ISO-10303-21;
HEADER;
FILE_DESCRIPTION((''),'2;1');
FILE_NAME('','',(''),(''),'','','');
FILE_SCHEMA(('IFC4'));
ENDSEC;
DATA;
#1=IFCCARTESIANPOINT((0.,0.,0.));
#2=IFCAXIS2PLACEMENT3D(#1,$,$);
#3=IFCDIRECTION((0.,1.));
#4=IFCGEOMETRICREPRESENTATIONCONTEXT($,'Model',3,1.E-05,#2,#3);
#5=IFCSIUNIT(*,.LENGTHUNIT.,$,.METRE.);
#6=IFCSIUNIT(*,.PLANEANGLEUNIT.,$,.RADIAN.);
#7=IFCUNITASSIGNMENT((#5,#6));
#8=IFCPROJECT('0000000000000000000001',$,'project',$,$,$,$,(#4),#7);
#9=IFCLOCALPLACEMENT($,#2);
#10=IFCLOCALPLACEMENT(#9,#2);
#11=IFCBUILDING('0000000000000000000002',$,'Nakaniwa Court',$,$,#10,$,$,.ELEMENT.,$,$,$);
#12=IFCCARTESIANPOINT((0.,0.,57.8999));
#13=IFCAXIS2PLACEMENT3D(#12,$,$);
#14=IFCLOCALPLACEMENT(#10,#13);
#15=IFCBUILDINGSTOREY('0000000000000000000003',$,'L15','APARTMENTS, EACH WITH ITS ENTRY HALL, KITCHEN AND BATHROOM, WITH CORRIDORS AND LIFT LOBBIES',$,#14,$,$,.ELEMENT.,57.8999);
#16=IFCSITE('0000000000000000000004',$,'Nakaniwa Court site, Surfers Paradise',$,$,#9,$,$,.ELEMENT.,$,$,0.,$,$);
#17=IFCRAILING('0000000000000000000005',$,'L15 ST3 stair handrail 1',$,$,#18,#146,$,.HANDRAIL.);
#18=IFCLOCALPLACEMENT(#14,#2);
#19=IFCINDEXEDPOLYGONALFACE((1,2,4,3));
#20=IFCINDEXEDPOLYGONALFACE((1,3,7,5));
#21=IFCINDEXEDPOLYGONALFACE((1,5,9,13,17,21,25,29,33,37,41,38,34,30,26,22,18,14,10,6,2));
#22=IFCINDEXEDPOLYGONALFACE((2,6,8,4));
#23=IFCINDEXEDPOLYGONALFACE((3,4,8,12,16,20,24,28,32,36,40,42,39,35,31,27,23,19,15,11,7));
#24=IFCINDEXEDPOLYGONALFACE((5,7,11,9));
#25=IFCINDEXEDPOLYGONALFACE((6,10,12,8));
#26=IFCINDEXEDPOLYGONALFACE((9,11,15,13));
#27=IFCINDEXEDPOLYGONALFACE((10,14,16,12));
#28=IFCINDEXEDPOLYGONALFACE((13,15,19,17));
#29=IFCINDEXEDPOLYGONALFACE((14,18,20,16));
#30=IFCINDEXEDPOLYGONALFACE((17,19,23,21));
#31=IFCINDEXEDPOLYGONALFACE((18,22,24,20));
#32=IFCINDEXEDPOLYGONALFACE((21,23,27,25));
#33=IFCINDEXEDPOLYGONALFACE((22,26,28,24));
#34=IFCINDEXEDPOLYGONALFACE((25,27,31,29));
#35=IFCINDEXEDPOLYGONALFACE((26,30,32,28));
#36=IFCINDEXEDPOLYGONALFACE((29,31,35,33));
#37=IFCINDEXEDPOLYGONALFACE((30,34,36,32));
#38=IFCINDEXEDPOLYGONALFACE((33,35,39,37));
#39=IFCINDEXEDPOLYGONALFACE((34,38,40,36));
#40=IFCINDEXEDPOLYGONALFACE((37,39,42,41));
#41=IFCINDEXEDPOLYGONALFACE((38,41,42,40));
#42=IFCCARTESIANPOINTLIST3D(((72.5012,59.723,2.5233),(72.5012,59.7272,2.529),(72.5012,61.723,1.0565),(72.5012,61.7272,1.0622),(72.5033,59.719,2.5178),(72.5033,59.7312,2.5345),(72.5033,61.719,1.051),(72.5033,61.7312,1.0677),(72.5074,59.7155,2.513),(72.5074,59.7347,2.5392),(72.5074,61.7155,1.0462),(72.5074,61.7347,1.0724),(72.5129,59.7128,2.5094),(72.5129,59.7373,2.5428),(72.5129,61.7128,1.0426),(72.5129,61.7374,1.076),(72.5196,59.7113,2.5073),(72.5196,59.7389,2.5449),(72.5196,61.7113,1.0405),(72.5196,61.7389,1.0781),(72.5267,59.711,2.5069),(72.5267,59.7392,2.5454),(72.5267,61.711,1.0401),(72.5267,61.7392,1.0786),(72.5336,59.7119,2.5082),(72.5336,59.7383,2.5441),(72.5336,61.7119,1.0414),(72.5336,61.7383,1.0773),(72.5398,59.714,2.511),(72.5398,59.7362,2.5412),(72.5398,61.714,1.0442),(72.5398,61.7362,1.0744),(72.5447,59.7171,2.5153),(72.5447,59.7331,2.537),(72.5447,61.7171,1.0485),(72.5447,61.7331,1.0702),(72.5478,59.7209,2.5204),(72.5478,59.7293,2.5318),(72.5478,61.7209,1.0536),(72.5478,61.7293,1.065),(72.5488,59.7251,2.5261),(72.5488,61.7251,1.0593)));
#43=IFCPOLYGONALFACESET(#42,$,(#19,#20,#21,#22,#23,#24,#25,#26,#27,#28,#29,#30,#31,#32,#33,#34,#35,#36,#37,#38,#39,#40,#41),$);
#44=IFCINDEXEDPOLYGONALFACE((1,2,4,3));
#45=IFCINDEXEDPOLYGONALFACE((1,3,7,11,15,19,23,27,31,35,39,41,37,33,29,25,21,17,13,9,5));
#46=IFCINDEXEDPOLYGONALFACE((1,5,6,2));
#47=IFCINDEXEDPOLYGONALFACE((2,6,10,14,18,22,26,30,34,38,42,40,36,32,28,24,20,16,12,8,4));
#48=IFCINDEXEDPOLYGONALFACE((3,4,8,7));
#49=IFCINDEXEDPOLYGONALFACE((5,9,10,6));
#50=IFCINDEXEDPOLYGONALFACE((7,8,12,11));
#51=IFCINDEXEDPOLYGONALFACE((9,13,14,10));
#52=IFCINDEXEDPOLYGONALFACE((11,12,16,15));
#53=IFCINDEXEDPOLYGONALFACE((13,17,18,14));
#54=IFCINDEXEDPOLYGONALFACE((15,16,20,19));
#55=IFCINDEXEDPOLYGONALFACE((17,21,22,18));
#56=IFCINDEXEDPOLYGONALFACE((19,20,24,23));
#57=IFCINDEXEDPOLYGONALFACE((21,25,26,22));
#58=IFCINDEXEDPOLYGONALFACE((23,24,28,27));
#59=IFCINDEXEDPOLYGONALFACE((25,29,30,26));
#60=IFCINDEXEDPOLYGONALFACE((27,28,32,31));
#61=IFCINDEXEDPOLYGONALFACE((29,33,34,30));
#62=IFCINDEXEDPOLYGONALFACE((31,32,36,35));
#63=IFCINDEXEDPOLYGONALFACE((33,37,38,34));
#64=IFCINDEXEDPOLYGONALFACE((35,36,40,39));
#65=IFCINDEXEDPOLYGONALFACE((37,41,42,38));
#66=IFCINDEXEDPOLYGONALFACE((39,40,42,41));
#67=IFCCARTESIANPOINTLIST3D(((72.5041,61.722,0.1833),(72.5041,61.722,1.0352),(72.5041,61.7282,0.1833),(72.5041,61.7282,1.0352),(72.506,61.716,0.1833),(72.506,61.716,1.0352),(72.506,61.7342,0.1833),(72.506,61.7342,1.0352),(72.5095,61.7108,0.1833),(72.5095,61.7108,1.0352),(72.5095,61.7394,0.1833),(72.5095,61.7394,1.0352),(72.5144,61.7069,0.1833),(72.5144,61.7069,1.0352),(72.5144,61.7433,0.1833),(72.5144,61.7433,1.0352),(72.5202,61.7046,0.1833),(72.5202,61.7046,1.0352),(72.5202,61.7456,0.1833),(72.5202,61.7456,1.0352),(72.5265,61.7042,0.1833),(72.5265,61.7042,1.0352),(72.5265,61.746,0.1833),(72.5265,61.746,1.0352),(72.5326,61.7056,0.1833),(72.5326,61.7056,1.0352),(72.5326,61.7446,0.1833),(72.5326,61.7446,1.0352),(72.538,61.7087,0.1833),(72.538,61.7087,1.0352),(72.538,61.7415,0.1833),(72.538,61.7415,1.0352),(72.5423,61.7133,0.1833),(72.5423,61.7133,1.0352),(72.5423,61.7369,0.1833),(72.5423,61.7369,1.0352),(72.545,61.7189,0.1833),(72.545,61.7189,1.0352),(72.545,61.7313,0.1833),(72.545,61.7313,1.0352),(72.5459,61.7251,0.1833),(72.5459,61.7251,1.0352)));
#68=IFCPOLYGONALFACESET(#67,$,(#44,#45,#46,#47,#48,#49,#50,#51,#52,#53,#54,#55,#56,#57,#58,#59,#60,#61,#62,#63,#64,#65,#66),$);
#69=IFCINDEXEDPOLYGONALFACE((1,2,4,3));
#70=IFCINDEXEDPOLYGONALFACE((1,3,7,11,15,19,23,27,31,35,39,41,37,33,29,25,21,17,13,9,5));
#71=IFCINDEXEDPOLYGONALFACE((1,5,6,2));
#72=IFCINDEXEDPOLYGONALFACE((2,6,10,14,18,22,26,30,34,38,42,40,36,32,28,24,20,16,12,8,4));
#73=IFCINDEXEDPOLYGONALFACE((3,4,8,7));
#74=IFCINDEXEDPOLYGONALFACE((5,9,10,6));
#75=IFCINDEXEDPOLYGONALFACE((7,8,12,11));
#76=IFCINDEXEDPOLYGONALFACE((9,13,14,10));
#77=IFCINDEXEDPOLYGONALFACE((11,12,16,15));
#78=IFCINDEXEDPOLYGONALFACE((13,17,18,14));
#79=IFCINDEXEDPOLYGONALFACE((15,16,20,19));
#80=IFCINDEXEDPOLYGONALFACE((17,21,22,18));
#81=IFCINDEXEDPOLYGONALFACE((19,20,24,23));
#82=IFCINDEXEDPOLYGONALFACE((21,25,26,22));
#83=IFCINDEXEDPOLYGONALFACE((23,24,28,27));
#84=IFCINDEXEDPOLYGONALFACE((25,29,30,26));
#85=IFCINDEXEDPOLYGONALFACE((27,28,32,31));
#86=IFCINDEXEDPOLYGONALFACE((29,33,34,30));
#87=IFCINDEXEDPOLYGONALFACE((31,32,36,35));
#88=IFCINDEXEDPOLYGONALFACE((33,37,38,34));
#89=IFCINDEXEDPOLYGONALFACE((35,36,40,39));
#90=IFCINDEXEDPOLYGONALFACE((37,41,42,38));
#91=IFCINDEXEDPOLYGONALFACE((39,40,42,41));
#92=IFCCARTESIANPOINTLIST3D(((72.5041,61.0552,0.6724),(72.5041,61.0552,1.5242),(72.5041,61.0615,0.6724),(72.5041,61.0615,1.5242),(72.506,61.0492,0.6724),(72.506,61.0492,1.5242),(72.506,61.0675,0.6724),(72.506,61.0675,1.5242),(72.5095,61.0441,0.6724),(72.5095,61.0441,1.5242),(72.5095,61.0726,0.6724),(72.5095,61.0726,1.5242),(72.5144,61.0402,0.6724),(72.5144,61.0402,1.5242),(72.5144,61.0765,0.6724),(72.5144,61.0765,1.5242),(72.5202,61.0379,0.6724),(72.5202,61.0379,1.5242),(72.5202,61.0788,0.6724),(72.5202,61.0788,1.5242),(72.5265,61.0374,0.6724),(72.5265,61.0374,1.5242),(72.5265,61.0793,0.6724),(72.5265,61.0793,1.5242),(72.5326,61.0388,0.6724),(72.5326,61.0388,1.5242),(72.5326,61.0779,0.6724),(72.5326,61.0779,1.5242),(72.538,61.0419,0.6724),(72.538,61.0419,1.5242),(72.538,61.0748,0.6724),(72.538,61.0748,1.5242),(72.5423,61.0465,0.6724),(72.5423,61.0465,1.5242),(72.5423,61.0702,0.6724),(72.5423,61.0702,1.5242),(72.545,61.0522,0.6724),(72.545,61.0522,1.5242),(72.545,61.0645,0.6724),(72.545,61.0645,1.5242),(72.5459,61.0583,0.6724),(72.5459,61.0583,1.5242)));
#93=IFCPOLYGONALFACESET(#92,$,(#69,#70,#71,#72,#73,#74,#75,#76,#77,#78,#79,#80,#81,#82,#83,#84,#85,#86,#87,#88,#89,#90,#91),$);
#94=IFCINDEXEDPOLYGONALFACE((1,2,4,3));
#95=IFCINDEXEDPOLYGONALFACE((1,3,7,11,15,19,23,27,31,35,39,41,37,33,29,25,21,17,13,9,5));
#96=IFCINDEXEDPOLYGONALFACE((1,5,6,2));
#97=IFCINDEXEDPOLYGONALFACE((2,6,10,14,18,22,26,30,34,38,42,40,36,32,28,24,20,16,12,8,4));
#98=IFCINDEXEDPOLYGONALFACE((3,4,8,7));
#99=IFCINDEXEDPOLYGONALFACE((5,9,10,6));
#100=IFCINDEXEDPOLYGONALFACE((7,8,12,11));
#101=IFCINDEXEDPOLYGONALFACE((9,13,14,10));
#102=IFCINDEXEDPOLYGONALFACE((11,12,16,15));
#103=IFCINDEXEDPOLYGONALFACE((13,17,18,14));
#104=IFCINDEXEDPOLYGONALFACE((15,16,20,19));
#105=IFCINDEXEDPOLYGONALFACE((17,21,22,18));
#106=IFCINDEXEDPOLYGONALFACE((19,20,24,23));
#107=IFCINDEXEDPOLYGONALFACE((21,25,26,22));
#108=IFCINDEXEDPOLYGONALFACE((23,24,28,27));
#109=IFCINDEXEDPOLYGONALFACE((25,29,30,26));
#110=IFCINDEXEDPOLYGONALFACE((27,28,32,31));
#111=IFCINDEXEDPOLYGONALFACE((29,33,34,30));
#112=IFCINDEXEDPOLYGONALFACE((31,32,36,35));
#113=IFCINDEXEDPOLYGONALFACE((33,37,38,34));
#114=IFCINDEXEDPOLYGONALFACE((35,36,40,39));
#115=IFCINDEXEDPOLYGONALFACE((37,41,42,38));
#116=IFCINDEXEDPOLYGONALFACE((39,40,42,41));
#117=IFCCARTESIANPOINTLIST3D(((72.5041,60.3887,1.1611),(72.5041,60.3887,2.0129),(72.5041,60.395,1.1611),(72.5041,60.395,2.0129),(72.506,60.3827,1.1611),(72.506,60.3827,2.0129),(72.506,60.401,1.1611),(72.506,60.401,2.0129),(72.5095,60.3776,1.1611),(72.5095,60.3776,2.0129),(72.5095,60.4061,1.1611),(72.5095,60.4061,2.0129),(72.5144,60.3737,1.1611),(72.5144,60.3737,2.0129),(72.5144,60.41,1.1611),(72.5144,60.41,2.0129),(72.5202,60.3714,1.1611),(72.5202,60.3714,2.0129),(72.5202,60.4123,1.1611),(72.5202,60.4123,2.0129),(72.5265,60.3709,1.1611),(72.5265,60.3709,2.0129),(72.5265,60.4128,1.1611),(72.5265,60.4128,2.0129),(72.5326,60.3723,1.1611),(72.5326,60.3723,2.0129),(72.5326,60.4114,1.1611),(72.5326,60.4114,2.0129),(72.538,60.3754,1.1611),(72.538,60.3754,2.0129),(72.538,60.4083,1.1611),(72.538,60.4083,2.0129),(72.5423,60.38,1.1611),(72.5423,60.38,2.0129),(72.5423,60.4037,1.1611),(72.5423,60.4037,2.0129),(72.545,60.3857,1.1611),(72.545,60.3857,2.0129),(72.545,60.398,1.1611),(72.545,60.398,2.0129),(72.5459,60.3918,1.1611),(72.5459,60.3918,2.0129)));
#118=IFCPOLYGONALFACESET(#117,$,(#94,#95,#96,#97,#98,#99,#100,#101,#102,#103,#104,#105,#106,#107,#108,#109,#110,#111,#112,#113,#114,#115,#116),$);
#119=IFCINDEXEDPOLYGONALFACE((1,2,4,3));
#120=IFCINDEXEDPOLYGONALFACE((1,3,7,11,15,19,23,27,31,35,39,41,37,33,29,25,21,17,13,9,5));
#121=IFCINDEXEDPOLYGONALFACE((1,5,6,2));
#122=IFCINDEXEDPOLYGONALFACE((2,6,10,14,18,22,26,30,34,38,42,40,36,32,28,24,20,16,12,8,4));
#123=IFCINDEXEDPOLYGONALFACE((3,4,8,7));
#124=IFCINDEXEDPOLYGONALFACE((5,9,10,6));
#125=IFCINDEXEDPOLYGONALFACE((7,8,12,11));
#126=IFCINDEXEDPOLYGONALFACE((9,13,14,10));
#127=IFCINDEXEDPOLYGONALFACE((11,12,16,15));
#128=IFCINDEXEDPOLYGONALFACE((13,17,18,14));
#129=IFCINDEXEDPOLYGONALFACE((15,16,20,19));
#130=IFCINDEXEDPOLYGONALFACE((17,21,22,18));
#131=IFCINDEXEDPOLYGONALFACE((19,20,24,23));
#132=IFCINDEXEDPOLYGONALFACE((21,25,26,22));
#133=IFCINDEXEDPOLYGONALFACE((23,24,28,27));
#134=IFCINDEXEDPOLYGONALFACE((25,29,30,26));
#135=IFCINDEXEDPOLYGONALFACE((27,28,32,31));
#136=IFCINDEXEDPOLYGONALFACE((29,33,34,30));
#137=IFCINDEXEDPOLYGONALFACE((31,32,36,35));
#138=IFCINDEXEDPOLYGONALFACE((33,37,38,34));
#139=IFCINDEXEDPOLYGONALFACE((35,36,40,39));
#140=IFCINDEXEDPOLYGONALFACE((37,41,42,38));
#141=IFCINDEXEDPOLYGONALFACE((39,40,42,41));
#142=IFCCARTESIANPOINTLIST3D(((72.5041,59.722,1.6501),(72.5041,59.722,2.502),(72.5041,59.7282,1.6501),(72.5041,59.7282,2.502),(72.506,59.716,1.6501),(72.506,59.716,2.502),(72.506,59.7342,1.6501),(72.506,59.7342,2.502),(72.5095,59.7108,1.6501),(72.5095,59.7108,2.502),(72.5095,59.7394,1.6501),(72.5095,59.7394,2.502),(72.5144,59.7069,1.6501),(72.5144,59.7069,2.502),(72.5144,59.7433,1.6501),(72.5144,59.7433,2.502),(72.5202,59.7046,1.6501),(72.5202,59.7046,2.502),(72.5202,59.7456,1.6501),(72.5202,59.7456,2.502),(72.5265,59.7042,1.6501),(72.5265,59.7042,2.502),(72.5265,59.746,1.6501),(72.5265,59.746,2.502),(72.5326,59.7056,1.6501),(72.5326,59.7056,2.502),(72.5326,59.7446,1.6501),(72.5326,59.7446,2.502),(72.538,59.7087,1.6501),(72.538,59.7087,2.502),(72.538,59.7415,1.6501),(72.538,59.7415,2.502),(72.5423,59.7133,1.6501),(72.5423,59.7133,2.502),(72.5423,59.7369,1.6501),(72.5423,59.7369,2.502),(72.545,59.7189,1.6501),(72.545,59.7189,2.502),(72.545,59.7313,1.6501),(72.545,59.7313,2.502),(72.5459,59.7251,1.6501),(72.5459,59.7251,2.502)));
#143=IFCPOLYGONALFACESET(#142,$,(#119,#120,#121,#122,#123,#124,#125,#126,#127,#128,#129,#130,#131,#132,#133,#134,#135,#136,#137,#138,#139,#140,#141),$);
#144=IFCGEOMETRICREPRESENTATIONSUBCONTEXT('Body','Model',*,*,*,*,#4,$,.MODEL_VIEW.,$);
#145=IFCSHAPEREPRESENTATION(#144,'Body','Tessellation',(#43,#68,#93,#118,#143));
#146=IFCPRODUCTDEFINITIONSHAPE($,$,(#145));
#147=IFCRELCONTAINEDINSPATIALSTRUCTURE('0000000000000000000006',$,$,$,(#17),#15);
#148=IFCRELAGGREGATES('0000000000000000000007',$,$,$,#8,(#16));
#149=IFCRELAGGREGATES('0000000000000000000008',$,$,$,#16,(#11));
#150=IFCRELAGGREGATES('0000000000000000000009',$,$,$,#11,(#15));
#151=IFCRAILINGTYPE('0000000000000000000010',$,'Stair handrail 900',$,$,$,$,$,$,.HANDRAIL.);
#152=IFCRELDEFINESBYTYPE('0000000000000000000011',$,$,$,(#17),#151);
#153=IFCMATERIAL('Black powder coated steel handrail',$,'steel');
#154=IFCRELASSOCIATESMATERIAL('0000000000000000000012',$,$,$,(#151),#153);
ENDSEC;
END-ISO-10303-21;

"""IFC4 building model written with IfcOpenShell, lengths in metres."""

from ifc_helpers import new_model, si_unit, direction, frame, origin, origin_2d, place, context, subcontext, project, spatial, circle, extrude, material, type_object, element, save


model = new_model("IFC4")

# Units and contexts
model_context = context("Model", 3, precision=1e-05, world=origin(), true_north=direction((0.0, 1.0)))
body_context = subcontext(model_context, "Body", "Model", "MODEL_VIEW")
ifc_project = project(units=[si_unit("LENGTHUNIT", "METRE"), si_unit("PLANEANGLEUNIT", "RADIAN")], contexts=[model_context])

# Site, building, storey
site_placement = place(None, origin())
site = spatial("IfcSite", under=ifc_project, at=site_placement, Name="Nakaniwa Court site, Surfers Paradise", CompositionType="ELEMENT", RefElevation=0.0)
building_placement = place(site_placement, origin())
building = spatial("IfcBuilding", under=site, at=building_placement, Name="Nakaniwa Court", CompositionType="ELEMENT")
storey_placement = place(building_placement, frame((0.0, 0.0, 57.8999)))
storey = spatial("IfcBuildingStorey", under=building, at=storey_placement, Name="L15", Description="APARTMENTS, EACH WITH ITS ENTRY HALL, KITCHEN AND BATHROOM, WITH CORRIDORS AND LIFT LOBBIES", CompositionType="ELEMENT", Elevation=57.8999)

# Railing
ifc_material_1 = material(Name="Black powder coated steel handrail", Category="steel")
railing_type_1 = type_object("IfcRailingType", Name="Stair handrail 900", PredefinedType="HANDRAIL", material=ifc_material_1)
railing_1_placement = place(storey_placement, frame((72.5249, 61.7251, 0.1833)))
element("IfcRailing", 1, at=railing_1_placement, inside=storey, type_object=railing_type_1, Name="L15 ST3 stair handrail 1", PredefinedType="HANDRAIL", context=body_context, shape_type="SweptSolid", body=[
    extrude(circle(Radius=0.0239, at=origin_2d()), frame((0.0, 0.0, 0.876), z_axis=(0.0, -0.80638, 0.591398), x_axis=(1.0, 0.0, 0.0)), (0.0, 0.0, 1.0), 2.4802),
    extrude(circle(Radius=0.021, at=origin_2d()), origin(), (0.0, 0.0, 1.0), 0.8518),
    extrude(circle(Radius=0.021, at=origin_2d()), frame((0.0, -0.6667, 0.489)), (0.0, 0.0, 1.0), 0.8518),
    extrude(circle(Radius=0.021, at=origin_2d()), frame((0.0, -1.3333, 0.9778)), (0.0, 0.0, 1.0), 0.8518),
    extrude(circle(Radius=0.021, at=origin_2d()), frame((0.0, -2.0, 1.4668)), (0.0, 0.0, 1.0), 0.8518),
])

save(model, "model.ifc")
